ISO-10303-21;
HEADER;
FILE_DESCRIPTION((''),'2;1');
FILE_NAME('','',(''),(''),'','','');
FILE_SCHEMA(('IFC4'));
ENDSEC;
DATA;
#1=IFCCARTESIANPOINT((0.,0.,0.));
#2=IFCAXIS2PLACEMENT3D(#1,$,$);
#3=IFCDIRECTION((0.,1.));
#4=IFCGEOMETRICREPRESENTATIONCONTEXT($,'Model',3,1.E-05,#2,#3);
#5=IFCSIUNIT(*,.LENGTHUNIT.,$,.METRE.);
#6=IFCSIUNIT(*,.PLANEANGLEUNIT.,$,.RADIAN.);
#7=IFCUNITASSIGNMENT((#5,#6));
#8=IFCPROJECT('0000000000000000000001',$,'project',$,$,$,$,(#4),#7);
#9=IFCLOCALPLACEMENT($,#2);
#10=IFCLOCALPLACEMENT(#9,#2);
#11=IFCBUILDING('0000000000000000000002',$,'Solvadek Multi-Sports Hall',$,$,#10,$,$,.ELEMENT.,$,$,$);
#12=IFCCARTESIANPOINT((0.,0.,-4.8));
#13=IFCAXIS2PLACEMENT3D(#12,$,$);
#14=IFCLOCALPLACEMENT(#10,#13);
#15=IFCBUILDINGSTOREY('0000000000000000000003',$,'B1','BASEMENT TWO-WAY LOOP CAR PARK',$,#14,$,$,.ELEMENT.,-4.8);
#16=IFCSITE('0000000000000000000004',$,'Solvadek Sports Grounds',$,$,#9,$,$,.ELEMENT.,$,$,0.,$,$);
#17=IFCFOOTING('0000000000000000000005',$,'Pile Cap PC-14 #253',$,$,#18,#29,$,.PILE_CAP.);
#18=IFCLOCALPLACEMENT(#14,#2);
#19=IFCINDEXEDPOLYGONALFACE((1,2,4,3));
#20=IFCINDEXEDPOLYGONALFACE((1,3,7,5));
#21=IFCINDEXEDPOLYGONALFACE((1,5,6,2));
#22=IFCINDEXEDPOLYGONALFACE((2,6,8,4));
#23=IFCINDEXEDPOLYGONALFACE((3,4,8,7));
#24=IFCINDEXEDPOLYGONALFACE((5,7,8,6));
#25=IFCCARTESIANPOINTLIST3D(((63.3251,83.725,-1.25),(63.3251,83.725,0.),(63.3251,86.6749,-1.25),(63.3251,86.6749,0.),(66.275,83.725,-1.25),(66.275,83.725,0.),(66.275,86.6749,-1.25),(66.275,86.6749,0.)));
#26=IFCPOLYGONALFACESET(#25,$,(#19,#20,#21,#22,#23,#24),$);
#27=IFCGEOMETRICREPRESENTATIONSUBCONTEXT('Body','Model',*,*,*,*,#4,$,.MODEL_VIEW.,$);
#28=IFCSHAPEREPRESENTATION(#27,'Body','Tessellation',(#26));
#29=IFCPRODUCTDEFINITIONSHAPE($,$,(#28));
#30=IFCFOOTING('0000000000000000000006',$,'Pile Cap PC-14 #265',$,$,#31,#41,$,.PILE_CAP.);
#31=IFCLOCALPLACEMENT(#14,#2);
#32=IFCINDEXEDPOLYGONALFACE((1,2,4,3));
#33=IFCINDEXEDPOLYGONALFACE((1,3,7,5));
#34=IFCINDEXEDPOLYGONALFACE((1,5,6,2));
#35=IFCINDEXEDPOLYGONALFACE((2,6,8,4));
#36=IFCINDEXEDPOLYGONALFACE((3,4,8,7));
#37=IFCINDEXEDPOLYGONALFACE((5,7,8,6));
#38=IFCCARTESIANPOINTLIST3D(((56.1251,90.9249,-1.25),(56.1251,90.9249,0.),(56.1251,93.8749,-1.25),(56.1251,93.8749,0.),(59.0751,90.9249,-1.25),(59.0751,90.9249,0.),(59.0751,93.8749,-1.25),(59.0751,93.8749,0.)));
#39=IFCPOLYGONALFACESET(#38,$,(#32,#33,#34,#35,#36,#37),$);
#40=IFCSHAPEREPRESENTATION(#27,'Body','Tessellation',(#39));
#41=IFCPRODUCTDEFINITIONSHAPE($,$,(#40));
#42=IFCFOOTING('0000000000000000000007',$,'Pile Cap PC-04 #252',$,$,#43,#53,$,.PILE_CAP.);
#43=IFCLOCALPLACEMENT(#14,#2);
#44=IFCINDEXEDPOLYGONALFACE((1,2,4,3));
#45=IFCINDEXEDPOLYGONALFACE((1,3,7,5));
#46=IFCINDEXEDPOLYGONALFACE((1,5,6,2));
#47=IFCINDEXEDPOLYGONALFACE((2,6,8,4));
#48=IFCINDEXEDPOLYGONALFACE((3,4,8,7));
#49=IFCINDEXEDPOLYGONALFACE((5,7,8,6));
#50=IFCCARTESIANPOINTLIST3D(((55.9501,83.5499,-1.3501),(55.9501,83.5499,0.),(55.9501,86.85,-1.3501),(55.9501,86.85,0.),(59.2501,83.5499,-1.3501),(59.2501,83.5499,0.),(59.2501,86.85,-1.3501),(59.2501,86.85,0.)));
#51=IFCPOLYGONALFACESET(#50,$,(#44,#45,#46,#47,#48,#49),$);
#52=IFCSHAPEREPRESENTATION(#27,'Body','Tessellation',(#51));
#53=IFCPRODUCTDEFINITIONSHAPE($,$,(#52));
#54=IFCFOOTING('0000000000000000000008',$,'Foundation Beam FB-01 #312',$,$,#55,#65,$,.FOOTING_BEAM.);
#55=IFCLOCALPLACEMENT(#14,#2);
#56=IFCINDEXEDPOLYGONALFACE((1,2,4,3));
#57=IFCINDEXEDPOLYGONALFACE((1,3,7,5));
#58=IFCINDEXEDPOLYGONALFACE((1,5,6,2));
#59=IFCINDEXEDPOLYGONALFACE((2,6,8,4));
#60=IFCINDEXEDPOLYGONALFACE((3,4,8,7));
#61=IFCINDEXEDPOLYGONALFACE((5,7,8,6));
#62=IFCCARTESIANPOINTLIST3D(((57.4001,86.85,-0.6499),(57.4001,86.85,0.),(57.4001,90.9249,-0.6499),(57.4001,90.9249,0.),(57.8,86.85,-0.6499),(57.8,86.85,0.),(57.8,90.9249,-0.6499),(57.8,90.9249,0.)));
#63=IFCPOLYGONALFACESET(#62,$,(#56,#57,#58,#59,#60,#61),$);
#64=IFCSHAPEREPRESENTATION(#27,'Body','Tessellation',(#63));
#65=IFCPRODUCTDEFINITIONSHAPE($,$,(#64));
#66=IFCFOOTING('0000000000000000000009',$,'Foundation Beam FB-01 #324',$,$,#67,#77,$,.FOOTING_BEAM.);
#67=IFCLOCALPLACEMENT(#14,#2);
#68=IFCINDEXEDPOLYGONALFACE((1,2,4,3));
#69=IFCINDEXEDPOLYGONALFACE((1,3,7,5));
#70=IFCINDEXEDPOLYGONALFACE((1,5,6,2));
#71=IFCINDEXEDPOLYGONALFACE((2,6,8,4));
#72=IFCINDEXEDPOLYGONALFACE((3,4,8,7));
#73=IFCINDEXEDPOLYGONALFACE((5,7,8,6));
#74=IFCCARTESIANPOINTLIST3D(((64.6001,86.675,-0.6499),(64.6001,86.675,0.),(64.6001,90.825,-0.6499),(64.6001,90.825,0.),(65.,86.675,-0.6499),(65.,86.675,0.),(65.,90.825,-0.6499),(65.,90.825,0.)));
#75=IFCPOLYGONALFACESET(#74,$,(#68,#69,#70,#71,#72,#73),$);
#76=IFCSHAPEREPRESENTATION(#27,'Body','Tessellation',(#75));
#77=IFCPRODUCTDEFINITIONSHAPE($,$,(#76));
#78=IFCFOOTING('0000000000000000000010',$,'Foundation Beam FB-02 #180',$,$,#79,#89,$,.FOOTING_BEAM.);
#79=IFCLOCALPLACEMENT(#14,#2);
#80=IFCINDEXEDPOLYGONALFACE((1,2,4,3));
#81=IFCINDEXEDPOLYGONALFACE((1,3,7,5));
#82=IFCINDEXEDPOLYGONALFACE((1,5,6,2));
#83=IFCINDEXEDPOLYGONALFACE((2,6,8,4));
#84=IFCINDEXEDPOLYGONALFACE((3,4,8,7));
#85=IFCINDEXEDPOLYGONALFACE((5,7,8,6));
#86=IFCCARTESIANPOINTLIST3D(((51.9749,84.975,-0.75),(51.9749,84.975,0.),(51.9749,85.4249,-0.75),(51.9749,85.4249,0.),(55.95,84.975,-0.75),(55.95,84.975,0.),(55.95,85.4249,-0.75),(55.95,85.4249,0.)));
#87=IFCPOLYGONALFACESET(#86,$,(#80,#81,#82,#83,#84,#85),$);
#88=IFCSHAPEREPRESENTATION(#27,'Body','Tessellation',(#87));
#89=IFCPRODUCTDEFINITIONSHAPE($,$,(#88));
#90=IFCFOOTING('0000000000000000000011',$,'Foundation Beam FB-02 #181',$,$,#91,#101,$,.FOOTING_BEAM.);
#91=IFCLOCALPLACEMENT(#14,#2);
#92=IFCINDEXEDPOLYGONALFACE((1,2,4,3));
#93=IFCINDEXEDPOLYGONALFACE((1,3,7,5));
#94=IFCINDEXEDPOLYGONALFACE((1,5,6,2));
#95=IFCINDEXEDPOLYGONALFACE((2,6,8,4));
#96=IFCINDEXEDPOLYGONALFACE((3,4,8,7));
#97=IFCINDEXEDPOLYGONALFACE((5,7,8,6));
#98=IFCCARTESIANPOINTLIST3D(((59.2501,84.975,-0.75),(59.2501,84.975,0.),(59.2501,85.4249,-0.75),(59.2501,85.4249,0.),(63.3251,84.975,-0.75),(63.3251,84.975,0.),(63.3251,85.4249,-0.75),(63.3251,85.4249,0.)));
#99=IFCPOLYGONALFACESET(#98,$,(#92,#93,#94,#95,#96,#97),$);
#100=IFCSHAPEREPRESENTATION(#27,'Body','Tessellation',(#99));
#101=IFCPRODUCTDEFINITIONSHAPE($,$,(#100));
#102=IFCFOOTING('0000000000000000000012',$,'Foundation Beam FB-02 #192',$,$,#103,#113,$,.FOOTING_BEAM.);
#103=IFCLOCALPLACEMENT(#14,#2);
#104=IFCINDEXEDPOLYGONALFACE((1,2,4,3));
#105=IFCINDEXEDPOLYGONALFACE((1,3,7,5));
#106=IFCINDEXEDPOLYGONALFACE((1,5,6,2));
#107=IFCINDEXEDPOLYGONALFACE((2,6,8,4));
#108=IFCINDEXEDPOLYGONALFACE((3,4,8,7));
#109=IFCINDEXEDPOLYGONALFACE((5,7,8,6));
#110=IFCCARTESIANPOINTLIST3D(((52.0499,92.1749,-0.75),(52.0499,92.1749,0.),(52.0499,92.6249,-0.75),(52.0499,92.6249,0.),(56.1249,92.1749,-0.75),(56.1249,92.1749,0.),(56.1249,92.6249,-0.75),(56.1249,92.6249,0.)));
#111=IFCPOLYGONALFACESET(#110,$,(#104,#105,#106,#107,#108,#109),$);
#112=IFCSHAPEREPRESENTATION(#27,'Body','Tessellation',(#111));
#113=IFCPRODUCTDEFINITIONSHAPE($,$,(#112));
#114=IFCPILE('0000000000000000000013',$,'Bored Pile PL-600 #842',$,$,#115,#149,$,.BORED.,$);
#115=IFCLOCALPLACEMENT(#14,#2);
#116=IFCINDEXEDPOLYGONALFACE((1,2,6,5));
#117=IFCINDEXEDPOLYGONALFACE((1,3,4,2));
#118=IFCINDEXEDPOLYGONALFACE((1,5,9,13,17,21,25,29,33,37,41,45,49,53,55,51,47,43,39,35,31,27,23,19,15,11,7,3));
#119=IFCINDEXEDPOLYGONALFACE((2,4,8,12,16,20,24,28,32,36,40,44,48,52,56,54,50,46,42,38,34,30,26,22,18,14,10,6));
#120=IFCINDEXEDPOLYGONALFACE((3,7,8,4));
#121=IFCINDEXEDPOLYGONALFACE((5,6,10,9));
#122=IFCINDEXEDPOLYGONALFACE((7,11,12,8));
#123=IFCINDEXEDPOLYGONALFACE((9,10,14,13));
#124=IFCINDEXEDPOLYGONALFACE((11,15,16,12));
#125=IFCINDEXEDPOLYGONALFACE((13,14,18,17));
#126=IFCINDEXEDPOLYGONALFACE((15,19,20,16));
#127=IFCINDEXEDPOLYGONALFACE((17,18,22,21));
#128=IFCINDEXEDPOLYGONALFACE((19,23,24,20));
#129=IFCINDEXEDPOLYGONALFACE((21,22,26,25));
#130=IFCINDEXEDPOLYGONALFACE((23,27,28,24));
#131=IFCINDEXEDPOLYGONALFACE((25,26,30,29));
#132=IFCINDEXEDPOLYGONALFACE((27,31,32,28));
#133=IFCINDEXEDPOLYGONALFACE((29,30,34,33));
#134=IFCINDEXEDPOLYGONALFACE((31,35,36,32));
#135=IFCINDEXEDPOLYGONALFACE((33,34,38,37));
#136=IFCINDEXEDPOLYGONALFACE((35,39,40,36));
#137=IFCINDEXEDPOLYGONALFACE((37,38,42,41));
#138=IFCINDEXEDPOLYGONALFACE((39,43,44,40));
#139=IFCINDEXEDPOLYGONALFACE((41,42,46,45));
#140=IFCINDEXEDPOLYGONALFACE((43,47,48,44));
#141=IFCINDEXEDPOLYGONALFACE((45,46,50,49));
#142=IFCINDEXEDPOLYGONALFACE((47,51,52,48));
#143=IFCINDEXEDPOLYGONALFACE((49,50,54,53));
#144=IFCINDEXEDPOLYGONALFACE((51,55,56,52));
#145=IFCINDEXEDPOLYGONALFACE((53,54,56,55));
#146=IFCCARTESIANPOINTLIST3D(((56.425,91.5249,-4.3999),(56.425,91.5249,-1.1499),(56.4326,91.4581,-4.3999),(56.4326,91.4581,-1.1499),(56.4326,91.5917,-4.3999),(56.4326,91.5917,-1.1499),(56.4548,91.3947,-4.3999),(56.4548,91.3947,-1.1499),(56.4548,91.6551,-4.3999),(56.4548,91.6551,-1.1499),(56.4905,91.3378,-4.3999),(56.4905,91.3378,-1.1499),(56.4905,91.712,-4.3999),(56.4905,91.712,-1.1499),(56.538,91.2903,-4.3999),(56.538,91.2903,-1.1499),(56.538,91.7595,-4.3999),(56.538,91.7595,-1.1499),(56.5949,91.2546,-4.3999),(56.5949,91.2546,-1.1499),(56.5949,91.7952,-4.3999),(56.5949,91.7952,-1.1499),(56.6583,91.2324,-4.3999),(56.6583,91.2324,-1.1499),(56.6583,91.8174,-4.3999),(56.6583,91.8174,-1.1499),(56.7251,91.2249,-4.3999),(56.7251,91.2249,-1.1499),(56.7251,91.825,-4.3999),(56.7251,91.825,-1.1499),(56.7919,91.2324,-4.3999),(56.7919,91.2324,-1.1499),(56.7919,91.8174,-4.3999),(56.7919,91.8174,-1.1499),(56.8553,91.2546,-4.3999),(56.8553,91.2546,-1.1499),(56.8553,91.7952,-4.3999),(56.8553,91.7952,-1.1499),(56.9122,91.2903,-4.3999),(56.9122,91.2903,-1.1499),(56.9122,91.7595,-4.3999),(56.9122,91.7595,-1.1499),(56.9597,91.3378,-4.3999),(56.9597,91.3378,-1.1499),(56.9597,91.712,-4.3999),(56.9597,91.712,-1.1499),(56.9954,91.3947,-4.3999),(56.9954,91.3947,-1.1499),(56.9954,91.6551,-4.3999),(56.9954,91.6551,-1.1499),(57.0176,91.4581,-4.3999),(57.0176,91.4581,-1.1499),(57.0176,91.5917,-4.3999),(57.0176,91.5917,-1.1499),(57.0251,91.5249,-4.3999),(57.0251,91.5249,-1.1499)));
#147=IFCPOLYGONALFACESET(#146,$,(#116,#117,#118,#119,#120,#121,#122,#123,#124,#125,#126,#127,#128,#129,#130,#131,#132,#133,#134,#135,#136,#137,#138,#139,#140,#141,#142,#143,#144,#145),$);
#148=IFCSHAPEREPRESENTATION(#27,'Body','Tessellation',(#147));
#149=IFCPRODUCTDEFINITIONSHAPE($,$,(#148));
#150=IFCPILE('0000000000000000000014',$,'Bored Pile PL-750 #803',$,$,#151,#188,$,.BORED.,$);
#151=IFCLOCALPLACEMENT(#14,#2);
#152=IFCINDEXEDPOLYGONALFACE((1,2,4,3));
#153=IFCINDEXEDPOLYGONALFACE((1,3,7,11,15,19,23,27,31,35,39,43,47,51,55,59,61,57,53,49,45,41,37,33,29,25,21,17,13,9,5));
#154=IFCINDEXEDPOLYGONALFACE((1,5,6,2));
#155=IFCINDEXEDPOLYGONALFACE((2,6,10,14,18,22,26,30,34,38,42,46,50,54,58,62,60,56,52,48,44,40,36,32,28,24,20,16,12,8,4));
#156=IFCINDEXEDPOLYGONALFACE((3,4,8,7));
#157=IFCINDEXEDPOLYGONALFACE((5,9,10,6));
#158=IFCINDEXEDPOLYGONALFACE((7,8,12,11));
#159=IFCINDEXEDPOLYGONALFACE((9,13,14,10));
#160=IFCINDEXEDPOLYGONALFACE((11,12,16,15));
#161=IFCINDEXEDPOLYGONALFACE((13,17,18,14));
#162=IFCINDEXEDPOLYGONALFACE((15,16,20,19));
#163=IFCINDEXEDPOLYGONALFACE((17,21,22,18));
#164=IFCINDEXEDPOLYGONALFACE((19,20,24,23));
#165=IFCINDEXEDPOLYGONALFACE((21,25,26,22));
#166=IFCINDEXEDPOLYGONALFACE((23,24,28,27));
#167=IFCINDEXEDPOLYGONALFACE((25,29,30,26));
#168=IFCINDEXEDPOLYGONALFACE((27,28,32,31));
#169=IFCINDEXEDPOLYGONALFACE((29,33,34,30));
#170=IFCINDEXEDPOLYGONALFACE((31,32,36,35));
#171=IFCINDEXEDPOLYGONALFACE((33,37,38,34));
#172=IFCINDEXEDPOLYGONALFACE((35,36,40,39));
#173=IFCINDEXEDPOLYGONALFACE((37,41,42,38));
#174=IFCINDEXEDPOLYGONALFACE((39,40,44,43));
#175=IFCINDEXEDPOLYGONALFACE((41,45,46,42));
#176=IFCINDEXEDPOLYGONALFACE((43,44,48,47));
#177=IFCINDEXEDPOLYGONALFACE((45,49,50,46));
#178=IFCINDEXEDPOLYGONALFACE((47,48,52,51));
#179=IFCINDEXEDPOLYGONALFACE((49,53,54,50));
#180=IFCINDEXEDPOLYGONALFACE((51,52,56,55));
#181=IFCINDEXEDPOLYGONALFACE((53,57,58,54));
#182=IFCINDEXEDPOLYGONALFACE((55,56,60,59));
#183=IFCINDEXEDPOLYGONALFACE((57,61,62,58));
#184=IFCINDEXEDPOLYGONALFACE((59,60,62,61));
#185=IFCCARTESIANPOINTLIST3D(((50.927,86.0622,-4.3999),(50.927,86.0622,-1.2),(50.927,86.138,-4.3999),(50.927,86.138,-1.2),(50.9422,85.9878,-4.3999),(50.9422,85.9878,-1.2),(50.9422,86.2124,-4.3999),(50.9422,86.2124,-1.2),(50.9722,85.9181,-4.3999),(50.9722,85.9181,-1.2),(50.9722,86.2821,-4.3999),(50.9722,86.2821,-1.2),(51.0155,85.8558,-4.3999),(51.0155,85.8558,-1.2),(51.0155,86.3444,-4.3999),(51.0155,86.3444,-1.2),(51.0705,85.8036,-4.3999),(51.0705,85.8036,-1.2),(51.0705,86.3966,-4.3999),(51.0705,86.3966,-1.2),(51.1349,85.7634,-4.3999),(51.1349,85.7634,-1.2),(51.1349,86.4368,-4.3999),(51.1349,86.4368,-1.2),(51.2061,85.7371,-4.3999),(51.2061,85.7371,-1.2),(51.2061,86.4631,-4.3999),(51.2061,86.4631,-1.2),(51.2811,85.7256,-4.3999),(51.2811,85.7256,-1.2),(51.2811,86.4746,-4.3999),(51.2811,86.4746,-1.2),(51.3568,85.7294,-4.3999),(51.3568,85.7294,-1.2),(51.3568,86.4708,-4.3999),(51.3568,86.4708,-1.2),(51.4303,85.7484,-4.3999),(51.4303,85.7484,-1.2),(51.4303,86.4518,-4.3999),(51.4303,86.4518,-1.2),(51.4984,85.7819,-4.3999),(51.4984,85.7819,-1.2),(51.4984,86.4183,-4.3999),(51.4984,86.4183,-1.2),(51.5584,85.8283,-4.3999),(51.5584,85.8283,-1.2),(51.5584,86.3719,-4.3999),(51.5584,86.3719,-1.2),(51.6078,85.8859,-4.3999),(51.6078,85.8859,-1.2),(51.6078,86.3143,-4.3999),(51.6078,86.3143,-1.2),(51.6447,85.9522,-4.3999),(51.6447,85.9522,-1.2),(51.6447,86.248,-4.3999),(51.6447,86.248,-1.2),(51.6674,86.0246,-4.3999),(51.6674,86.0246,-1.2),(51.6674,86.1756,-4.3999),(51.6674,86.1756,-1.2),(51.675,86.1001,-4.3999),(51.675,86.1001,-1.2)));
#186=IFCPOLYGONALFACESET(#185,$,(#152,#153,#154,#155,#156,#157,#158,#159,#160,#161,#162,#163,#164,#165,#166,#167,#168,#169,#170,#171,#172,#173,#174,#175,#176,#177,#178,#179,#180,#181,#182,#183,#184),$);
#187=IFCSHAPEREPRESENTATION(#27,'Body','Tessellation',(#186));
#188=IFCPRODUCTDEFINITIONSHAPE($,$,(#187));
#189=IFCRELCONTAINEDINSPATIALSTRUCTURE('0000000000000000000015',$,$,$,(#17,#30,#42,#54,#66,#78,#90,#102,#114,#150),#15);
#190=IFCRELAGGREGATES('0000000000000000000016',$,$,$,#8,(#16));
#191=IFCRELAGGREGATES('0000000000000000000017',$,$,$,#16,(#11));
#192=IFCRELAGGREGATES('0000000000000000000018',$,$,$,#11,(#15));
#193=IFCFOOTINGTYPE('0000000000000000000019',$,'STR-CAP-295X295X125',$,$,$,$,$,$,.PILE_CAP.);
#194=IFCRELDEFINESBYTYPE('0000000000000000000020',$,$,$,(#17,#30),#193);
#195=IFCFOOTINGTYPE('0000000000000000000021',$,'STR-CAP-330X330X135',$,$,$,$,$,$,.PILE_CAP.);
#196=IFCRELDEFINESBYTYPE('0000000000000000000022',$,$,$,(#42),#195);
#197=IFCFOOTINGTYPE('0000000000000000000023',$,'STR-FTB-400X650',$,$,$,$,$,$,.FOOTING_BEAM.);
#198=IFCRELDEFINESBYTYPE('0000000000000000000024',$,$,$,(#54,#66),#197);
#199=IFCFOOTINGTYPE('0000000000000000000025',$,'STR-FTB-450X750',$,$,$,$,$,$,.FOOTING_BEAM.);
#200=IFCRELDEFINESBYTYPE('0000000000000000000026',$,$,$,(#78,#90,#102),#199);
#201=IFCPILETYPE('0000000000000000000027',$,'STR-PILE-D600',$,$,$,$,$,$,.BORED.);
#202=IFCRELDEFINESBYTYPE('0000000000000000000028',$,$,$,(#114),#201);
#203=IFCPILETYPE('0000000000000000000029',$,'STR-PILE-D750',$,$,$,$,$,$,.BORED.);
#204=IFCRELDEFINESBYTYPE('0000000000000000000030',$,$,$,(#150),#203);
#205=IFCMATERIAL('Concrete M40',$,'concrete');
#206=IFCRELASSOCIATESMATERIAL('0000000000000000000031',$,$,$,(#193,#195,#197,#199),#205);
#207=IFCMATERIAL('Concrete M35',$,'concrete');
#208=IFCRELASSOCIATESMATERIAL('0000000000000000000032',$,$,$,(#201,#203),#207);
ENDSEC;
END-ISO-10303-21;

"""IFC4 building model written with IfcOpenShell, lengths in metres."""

from ifc_helpers import new_model, si_unit, direction, frame, origin, origin_2d, place, context, subcontext, project, spatial, rectangle, circle, extrude, material, material_profile, profile_set, type_object, element, save


model = new_model("IFC4")

# Units and contexts
model_context = context("Model", 3, precision=1e-05, world=origin(), true_north=direction((0.0, 1.0)))
body_context = subcontext(model_context, "Body", "Model", "MODEL_VIEW")
ifc_project = project(units=[si_unit("LENGTHUNIT", "METRE"), si_unit("PLANEANGLEUNIT", "RADIAN")], contexts=[model_context])

# Site, building, storey
site_placement = place(None, origin())
site = spatial("IfcSite", under=ifc_project, at=site_placement, Name="Solvadek Sports Grounds", CompositionType="ELEMENT", RefElevation=0.0)
building_placement = place(site_placement, origin())
building = spatial("IfcBuilding", under=site, at=building_placement, Name="Solvadek Multi-Sports Hall", CompositionType="ELEMENT")
storey_placement = place(building_placement, frame((0.0, 0.0, -4.8)))
storey = spatial("IfcBuildingStorey", under=building, at=storey_placement, Name="B1", Description="BASEMENT TWO-WAY LOOP CAR PARK", CompositionType="ELEMENT", Elevation=-4.8)

# Footings
ifc_material_1 = material(Name="Concrete M40", Category="concrete")
footing_type_1 = type_object("IfcFootingType", Name="STR-CAP-295X295X125", PredefinedType="PILE_CAP", material=ifc_material_1)
for number, where, z_axis, x_axis, name in (
    (1, (64.8, 85.2, -1.25), (0.0, 0.0, 1.0), (1.0, 0.0, 0.0), "Pile Cap PC-14 #253"),
    (2, (57.6001, 92.3999, -1.25), (0.0, 0.0, 1.0), (1.0, 0.0, 0.0), "Pile Cap PC-14 #265"),
):
    element("IfcFooting", number, at=place(storey_placement, frame(where, z_axis=z_axis, x_axis=x_axis)), inside=storey, type_object=footing_type_1, Name=name, PredefinedType="PILE_CAP", context=body_context, shape_type="SweptSolid", body=[
        extrude(rectangle(XDim=2.95, YDim=2.95, at=origin_2d()), origin(), (0.0, 0.0, 1.0), 1.25),
    ])
footing_type_2 = type_object("IfcFootingType", Name="STR-CAP-330X330X135", PredefinedType="PILE_CAP", material=ifc_material_1)
footing_1_placement = place(storey_placement, frame((57.6001, 85.2, -1.3501), z_axis=(0.0, 0.0, 1.0), x_axis=(1.0, 0.0, 0.0)))
element("IfcFooting", 3, at=footing_1_placement, inside=storey, type_object=footing_type_2, Name="Pile Cap PC-04 #252", PredefinedType="PILE_CAP", context=body_context, shape_type="SweptSolid", body=[
    extrude(rectangle(XDim=3.3, YDim=3.3, at=origin_2d()), origin(), (0.0, 0.0, 1.0), 1.3501),
])
footing_type_3 = type_object("IfcFootingType", Name="STR-FTB-400X650", PredefinedType="FOOTING_BEAM", material=ifc_material_1)
footing_2_placement = place(storey_placement, frame((57.6001, 88.8875, -0.6499), z_axis=(0.0, 0.0, 1.0), x_axis=(0.0, 1.0, 0.0)))
element("IfcFooting", 4, at=footing_2_placement, inside=storey, type_object=footing_type_3, Name="Foundation Beam FB-01 #312", PredefinedType="FOOTING_BEAM", context=body_context, shape_type="SweptSolid", body=[
    extrude(rectangle(XDim=4.075, YDim=0.3999, at=origin_2d()), origin(), (0.0, 0.0, 1.0), 0.6499),
])
footing_3_placement = place(storey_placement, frame((64.8, 88.75, -0.6499), z_axis=(0.0, 0.0, 1.0), x_axis=(0.0, 1.0, 0.0)))
element("IfcFooting", 5, at=footing_3_placement, inside=storey, type_object=footing_type_3, Name="Foundation Beam FB-01 #324", PredefinedType="FOOTING_BEAM", context=body_context, shape_type="SweptSolid", body=[
    extrude(rectangle(XDim=4.1499, YDim=0.3999, at=origin_2d()), origin(), (0.0, 0.0, 1.0), 0.6499),
])
footing_type_4 = type_object("IfcFootingType", Name="STR-FTB-450X750", PredefinedType="FOOTING_BEAM", material=ifc_material_1)
footing_4_placement = place(storey_placement, frame((53.9624, 85.2, -0.75), z_axis=(0.0, 0.0, 1.0), x_axis=(1.0, 0.0, 0.0)))
element("IfcFooting", 6, at=footing_4_placement, inside=storey, type_object=footing_type_4, Name="Foundation Beam FB-02 #180", PredefinedType="FOOTING_BEAM", context=body_context, shape_type="SweptSolid", body=[
    extrude(rectangle(XDim=3.9751, YDim=0.45, at=origin_2d()), origin(), (0.0, 0.0, 1.0), 0.75),
])
for number, where, z_axis, x_axis, name in (
    (7, (61.2876, 85.2, -0.75), (0.0, 0.0, 1.0), (1.0, 0.0, 0.0), "Foundation Beam FB-02 #181"),
    (8, (54.0874, 92.3999, -0.75), (0.0, 0.0, 1.0), (1.0, 0.0, 0.0), "Foundation Beam FB-02 #192"),
):
    element("IfcFooting", number, at=place(storey_placement, frame(where, z_axis=z_axis, x_axis=x_axis)), inside=storey, type_object=footing_type_4, Name=name, PredefinedType="FOOTING_BEAM", context=body_context, shape_type="SweptSolid", body=[
        extrude(rectangle(XDim=4.075, YDim=0.45, at=origin_2d()), origin(), (0.0, 0.0, 1.0), 0.75),
    ])

# Piles
ifc_material_2 = material(Name="Concrete M35", Category="concrete")
ifc_material_profile_1 = material_profile(ifc_material_2, circle(Radius=0.3, at=origin_2d()), Name="BORED PILE D600")
ifc_profile_set_1 = profile_set([ifc_material_profile_1], Name="Concrete M35")
pile_type_1 = type_object("IfcPileType", Name="STR-PILE-D600", PredefinedType="BORED", material=ifc_profile_set_1)
pile_1_placement = place(storey_placement, frame((56.7251, 91.5249, -1.1499), z_axis=(0.0, 0.0, -1.0), x_axis=(1.0, 0.0, 0.0)))
element("IfcPile", 9, at=pile_1_placement, inside=storey, type_object=pile_type_1, Name="Bored Pile PL-600 #842", PredefinedType="BORED", context=body_context, shape_type="SweptSolid", body=[
    extrude(circle(Radius=0.3, at=origin_2d()), origin(), (0.0, 0.0, 1.0), 3.25),
])
ifc_material_profile_2 = material_profile(ifc_material_2, circle(Radius=0.375, at=origin_2d()), Name="BORED PILE D750")
ifc_profile_set_2 = profile_set([ifc_material_profile_2], Name="Concrete M35")
pile_type_2 = type_object("IfcPileType", Name="STR-PILE-D750", PredefinedType="BORED", material=ifc_profile_set_2)
pile_2_placement = place(storey_placement, frame((51.3, 86.1001, -1.2), z_axis=(0.0, 0.0, -1.0), x_axis=(1.0, 0.0, 0.0)))
element("IfcPile", 10, at=pile_2_placement, inside=storey, type_object=pile_type_2, Name="Bored Pile PL-750 #803", PredefinedType="BORED", context=body_context, shape_type="SweptSolid", body=[
    extrude(circle(Radius=0.375, at=origin_2d()), origin(), (0.0, 0.0, 1.0), 3.2),
])

save(model, "model.ifc")
